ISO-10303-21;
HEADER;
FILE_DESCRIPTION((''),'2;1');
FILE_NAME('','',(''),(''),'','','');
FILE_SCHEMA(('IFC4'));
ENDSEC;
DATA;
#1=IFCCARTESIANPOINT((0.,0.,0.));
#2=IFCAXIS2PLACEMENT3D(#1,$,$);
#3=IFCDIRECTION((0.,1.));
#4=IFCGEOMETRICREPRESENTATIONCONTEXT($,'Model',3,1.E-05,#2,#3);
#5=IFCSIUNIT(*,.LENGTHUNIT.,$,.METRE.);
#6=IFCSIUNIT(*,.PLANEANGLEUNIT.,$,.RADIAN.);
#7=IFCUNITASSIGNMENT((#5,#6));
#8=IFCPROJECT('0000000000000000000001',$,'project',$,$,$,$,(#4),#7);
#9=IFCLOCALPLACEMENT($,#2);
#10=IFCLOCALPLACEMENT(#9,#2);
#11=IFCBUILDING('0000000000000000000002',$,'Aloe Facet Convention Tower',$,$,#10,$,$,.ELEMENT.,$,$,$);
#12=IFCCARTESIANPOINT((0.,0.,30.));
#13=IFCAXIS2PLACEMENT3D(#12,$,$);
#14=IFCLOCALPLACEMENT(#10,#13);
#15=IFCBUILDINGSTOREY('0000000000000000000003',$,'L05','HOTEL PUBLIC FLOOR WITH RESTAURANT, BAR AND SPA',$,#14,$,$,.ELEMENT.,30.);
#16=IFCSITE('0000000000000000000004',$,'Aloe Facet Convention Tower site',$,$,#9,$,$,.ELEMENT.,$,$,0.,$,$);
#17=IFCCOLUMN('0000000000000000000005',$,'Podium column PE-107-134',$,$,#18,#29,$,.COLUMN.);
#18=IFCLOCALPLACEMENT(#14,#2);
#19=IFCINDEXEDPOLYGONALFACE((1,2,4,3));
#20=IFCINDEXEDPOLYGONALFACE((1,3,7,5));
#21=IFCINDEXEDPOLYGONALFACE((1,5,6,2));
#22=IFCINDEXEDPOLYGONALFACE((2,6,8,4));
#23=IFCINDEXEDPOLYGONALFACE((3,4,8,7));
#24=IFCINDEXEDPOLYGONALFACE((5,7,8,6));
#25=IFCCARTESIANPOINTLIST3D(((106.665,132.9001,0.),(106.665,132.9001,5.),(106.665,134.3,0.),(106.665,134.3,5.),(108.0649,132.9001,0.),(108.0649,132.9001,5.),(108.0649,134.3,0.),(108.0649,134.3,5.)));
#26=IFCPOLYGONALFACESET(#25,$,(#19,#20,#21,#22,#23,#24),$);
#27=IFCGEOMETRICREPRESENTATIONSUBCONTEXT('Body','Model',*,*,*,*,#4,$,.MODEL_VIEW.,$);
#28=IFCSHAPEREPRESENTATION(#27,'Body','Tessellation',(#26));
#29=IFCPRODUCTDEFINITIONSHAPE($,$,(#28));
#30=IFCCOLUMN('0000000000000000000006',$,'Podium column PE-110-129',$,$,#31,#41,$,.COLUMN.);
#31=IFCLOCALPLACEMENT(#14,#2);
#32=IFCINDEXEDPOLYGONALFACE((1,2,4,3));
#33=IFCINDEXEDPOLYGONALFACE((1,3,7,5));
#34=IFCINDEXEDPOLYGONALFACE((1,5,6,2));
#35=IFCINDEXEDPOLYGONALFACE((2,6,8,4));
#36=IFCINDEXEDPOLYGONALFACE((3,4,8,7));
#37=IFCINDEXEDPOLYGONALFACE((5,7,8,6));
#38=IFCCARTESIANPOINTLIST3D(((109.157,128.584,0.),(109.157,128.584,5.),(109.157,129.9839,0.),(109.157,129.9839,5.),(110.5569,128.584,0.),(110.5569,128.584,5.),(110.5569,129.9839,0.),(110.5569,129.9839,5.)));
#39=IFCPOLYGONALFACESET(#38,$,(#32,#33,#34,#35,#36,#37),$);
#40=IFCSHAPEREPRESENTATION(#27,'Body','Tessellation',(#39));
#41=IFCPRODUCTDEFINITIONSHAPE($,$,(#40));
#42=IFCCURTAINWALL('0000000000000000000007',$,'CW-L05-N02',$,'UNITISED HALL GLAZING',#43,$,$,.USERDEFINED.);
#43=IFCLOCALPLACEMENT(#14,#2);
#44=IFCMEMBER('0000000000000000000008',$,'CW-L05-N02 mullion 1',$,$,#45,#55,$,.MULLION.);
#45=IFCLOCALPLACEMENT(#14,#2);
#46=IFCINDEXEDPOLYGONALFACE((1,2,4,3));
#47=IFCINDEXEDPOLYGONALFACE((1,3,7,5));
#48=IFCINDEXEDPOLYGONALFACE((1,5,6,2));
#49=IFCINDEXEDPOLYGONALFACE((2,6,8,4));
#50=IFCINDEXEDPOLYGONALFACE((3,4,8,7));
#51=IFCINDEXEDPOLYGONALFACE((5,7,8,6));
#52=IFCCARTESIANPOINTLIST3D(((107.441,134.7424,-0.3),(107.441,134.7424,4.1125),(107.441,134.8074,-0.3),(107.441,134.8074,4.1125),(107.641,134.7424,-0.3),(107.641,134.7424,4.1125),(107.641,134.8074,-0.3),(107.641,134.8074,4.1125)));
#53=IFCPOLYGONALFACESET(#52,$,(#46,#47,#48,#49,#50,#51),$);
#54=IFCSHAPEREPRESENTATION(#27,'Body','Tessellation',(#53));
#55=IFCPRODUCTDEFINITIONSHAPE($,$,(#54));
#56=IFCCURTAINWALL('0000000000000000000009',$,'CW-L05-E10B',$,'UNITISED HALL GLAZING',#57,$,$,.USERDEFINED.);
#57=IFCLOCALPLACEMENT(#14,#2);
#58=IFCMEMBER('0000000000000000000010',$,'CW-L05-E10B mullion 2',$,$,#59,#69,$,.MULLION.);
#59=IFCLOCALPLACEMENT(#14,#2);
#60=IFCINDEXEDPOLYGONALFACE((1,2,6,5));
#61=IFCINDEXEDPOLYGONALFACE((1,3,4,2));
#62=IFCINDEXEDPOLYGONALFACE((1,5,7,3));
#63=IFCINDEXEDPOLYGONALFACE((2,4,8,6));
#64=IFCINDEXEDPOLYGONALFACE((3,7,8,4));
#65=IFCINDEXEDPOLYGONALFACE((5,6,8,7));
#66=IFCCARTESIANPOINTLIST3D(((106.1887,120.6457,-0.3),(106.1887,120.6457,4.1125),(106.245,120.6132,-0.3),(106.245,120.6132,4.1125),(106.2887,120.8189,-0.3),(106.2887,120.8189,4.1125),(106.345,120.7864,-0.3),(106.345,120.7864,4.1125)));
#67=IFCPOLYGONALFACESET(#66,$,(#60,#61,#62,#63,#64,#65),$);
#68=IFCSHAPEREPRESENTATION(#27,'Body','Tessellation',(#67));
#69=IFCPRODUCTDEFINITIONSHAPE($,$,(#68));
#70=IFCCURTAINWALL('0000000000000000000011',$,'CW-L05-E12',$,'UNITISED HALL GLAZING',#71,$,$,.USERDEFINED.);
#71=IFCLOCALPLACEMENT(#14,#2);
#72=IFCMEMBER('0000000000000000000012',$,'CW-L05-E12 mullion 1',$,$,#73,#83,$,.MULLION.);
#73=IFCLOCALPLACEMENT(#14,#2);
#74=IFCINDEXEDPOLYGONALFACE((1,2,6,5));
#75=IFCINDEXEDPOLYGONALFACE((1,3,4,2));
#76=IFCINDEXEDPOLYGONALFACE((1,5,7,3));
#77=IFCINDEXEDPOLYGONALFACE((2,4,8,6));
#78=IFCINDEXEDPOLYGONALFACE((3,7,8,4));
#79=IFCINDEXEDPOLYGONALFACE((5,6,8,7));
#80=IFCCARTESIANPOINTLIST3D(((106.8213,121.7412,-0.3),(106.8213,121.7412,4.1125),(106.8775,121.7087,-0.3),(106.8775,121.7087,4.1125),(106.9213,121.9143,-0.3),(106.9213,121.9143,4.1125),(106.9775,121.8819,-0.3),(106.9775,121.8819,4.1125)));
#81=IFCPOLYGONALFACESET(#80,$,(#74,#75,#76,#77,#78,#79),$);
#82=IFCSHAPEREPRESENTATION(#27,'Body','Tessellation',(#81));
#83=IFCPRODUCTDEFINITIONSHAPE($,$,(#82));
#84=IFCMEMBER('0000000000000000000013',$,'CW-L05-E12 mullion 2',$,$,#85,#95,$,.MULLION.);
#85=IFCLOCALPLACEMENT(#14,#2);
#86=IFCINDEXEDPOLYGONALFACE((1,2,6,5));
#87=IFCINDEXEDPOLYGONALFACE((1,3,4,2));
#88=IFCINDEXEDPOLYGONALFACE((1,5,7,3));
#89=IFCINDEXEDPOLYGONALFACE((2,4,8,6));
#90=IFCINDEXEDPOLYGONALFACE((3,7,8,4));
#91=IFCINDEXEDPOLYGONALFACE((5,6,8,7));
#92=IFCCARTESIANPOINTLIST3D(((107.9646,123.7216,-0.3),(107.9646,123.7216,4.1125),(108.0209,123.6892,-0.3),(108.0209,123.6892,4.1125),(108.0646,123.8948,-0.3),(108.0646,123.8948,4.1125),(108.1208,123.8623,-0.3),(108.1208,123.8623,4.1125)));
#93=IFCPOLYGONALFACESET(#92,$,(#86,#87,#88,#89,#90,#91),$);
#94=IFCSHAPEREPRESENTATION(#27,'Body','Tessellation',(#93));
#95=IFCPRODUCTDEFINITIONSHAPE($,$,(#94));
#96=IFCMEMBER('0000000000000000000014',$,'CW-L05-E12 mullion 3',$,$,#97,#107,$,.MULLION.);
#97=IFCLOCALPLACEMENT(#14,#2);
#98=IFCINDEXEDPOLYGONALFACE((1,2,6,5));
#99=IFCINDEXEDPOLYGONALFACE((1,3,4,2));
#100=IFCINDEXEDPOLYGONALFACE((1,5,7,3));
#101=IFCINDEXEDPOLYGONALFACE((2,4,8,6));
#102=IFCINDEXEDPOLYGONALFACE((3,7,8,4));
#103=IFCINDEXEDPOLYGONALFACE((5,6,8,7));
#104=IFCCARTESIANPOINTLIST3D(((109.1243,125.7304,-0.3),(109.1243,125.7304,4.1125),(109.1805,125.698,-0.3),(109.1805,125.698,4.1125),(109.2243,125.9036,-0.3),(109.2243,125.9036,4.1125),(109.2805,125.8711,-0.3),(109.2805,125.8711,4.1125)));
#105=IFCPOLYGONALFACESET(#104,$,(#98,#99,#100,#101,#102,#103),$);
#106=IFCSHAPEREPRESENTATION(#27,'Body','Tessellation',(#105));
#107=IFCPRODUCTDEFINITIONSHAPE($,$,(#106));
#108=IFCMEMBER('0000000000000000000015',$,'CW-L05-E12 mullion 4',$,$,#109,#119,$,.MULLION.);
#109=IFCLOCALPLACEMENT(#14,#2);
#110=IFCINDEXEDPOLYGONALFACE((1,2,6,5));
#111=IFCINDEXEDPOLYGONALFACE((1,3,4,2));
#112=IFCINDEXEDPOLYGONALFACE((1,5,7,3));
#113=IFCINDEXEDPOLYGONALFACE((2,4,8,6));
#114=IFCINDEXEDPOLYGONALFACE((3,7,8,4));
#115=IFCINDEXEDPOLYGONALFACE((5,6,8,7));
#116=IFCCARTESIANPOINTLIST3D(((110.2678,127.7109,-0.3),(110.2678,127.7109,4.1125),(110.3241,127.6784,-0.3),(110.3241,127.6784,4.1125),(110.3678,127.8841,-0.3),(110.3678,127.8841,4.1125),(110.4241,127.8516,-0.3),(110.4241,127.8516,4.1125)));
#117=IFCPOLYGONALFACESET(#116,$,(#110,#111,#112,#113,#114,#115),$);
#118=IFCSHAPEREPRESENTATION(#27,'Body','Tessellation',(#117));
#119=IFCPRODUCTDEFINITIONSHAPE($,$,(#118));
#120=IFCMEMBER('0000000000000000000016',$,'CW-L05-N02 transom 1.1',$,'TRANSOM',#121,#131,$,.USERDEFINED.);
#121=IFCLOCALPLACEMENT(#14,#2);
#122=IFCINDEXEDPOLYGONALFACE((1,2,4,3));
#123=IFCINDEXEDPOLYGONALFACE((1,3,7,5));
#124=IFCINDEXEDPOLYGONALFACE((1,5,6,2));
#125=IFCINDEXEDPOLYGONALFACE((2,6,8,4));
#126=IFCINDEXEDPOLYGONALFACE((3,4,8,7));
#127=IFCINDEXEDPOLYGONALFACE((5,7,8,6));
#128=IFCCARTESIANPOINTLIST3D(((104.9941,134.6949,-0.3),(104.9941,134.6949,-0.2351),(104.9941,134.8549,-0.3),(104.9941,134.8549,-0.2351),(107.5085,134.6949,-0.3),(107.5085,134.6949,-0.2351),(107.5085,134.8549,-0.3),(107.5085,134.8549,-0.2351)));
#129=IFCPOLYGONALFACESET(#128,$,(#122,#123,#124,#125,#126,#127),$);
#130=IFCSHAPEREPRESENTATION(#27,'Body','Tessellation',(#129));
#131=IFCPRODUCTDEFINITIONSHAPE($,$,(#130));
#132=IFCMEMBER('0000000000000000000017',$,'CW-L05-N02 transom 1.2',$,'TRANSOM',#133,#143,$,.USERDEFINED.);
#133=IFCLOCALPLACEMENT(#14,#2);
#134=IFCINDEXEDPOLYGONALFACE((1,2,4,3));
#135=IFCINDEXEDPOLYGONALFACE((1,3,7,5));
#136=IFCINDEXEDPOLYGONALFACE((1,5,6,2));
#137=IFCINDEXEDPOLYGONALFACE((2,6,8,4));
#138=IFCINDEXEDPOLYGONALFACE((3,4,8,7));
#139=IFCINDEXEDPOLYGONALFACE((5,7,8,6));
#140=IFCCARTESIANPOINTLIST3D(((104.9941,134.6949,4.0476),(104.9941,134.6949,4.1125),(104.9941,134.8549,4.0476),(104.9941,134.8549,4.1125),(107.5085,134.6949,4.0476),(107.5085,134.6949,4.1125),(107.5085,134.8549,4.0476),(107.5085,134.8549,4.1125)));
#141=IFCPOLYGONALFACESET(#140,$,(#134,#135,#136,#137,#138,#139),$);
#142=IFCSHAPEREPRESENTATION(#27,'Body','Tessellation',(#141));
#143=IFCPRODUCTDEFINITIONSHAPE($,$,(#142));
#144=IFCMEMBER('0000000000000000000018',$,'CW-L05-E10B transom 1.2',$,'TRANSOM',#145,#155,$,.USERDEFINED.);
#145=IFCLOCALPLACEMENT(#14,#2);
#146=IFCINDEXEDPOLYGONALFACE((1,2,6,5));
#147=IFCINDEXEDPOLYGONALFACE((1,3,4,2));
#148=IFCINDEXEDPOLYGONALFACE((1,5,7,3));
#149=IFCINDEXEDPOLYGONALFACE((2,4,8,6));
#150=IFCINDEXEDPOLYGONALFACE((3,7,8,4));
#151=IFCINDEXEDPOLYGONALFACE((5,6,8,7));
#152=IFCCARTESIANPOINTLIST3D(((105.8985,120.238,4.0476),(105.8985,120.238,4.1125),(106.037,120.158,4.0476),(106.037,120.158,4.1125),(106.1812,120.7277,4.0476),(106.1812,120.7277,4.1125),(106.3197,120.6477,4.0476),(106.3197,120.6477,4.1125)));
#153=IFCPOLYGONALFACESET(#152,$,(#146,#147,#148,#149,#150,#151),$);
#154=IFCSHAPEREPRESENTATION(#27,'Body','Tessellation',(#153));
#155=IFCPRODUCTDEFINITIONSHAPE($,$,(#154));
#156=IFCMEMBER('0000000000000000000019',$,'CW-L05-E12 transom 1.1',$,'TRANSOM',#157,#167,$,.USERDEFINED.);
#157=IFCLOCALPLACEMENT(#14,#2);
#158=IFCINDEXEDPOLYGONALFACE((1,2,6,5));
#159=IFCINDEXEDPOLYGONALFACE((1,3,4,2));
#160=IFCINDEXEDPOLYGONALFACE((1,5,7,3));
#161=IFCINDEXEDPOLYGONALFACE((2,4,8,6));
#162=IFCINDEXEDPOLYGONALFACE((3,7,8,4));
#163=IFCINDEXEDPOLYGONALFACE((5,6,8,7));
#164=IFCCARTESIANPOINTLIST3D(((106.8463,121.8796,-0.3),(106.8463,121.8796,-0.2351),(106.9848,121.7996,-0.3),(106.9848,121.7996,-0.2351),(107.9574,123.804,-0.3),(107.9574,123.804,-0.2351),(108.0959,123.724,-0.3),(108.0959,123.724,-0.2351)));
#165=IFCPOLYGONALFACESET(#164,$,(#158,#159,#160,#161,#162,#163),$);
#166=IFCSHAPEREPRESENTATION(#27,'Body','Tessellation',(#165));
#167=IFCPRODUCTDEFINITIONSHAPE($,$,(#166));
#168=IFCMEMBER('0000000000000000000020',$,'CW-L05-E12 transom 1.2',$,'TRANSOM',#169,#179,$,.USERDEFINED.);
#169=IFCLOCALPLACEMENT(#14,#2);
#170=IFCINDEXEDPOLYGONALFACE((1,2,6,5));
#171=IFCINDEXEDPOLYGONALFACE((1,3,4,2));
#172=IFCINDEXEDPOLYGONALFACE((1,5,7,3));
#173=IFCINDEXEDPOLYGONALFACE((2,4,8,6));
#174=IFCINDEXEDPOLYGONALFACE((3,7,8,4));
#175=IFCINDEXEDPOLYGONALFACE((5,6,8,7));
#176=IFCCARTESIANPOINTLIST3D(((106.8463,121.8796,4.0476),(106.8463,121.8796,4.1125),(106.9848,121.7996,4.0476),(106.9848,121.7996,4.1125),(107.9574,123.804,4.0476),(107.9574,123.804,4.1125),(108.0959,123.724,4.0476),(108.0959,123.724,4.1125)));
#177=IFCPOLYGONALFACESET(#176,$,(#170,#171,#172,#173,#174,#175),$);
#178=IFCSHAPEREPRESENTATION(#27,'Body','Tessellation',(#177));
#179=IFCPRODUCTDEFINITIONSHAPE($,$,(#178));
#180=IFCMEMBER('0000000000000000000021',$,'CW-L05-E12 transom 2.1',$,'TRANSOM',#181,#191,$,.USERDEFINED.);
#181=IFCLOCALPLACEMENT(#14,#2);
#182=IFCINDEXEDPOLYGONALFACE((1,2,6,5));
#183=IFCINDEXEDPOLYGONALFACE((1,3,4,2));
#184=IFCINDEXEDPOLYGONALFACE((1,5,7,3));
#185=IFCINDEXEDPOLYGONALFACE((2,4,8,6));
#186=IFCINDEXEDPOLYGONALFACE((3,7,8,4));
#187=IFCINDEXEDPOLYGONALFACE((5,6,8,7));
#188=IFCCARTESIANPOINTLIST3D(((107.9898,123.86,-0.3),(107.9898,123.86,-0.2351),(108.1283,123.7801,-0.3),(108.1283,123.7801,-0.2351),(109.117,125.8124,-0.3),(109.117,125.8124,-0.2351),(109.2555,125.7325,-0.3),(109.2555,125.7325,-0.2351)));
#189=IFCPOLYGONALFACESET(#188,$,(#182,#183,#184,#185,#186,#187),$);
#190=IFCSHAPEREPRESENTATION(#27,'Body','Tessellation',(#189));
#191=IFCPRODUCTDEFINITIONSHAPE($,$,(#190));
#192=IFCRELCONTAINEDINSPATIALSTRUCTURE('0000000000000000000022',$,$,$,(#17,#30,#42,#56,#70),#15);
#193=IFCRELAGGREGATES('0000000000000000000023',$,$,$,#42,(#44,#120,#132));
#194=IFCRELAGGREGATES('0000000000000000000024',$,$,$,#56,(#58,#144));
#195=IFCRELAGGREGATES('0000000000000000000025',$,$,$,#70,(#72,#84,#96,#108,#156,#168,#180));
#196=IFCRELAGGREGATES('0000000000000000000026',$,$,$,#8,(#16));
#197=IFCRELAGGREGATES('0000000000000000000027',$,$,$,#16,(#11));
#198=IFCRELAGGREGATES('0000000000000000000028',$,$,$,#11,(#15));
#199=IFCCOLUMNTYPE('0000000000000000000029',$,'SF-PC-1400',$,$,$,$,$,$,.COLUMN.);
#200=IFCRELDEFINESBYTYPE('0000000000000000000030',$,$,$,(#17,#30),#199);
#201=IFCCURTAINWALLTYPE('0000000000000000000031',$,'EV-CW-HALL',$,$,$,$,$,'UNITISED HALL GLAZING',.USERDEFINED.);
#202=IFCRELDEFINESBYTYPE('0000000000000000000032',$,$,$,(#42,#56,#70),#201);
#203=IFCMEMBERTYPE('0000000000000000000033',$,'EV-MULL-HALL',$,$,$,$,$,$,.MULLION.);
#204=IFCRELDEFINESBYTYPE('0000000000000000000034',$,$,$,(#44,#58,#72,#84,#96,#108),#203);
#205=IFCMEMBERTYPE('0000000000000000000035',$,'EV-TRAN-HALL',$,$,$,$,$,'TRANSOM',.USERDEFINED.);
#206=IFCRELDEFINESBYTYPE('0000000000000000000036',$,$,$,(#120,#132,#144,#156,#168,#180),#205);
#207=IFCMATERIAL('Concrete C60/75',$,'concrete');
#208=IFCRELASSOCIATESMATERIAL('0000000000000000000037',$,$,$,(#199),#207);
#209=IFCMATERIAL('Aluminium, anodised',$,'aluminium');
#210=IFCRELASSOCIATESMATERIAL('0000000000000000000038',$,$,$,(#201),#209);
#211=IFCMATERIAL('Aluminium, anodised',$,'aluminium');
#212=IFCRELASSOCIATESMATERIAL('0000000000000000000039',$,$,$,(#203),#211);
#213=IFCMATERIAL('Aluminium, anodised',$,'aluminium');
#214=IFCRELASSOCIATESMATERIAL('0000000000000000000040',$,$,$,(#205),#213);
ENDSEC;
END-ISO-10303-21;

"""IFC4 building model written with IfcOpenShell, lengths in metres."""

from ifc_helpers import new_model, si_unit, direction, frame, origin, origin_2d, place, context, subcontext, project, spatial, rectangle, extrude, material, material_profile, profile_set, type_object, element, aggregate, save


model = new_model("IFC4")

# Units and contexts
model_context = context("Model", 3, precision=1e-05, world=origin(), true_north=direction((0.0, 1.0)))
body_context = subcontext(model_context, "Body", "Model", "MODEL_VIEW")
ifc_project = project(units=[si_unit("LENGTHUNIT", "METRE"), si_unit("PLANEANGLEUNIT", "RADIAN")], contexts=[model_context])

# Site, building, storey
site_placement = place(None, origin())
site = spatial("IfcSite", under=ifc_project, at=site_placement, Name="Aloe Facet Convention Tower site", CompositionType="ELEMENT", RefElevation=0.0)
building_placement = place(site_placement, origin())
building = spatial("IfcBuilding", under=site, at=building_placement, Name="Aloe Facet Convention Tower", CompositionType="ELEMENT")
storey_placement = place(building_placement, frame((0.0, 0.0, 30.0)))
storey = spatial("IfcBuildingStorey", under=building, at=storey_placement, Name="L05", Description="HOTEL PUBLIC FLOOR WITH RESTAURANT, BAR AND SPA", CompositionType="ELEMENT", Elevation=30.0)

# Columns
ifc_material_1 = material(Name="Concrete C60/75", Category="concrete")
ifc_material_profile_1 = material_profile(ifc_material_1, rectangle(XDim=1.3999, YDim=1.3999, at=origin_2d()), Name="SF-PC-1400")
ifc_profile_set_1 = profile_set([ifc_material_profile_1], Name="Concrete C60/75")
column_type = type_object("IfcColumnType", Name="SF-PC-1400", PredefinedType="COLUMN", material=ifc_profile_set_1)
for number, where, z_axis, x_axis, name in (
    (1, (107.365, 133.6001, 0.0), (0.0, 0.0, 1.0), (1.0, 0.0, 0.0), "Podium column PE-107-134"),
    (2, (109.8569, 129.2839, 0.0), (0.0, 0.0, 1.0), (1.0, 0.0, 0.0), "Podium column PE-110-129"),
):
    element("IfcColumn", number, at=place(storey_placement, frame(where, z_axis=z_axis, x_axis=x_axis)), inside=storey, type_object=column_type, Name=name, PredefinedType="COLUMN", context=body_context, shape_type="SweptSolid", body=[
        extrude(rectangle(XDim=1.3999, YDim=1.3999, at=origin_2d()), origin(), (0.0, 0.0, 1.0), 5.0),
    ])

# Curtain walls, members
ifc_material_2 = material(Name="Aluminium, anodised", Category="aluminium")
curtain_wall_type = type_object("IfcCurtainWallType", Name="EV-CW-HALL", ElementType="UNITISED HALL GLAZING", PredefinedType="USERDEFINED", material=ifc_material_2)
curtain_wall_1_placement = place(storey_placement, origin())
curtain_wall_1 = element("IfcCurtainWall", 3, at=curtain_wall_1_placement, inside=storey, type_object=curtain_wall_type, Name="CW-L05-N02", ObjectType="UNITISED HALL GLAZING", PredefinedType="USERDEFINED")
ifc_material_3 = material(Name="Aluminium, anodised", Category="aluminium")
ifc_material_profile_2 = material_profile(ifc_material_3, rectangle(XDim=0.0649, YDim=0.2, at=origin_2d()), Name="AL 65x200")
ifc_profile_set_2 = profile_set([ifc_material_profile_2], Name="Aluminium, anodised")
member_type_1 = type_object("IfcMemberType", Name="EV-MULL-HALL", PredefinedType="MULLION", material=ifc_profile_set_2)
member_1_placement = place(storey_placement, frame((107.541, 134.7749, -0.3), z_axis=(0.0, 0.0, 1.0), x_axis=(0.0, -1.0, 0.0)))
member_1 = element("IfcMember", 4, at=member_1_placement, type_object=member_type_1, Name="CW-L05-N02 mullion 1", PredefinedType="MULLION", context=body_context, shape_type="SweptSolid", body=[
    extrude(rectangle(XDim=0.0649, YDim=0.2, at=origin_2d()), origin(), (0.0, 0.0, 1.0), 4.4126),
])
curtain_wall_2_placement = place(storey_placement, origin())
curtain_wall_2 = element("IfcCurtainWall", 5, at=curtain_wall_2_placement, inside=storey, type_object=curtain_wall_type, Name="CW-L05-E10B", ObjectType="UNITISED HALL GLAZING", PredefinedType="USERDEFINED")
member_2_placement = place(storey_placement, frame((106.2668, 120.7161, -0.3), z_axis=(0.0, 0.0, 1.0), x_axis=(-0.866025, 0.5, 0.0)))
member_2 = element("IfcMember", 6, at=member_2_placement, type_object=member_type_1, Name="CW-L05-E10B mullion 2", PredefinedType="MULLION", context=body_context, shape_type="SweptSolid", body=[
    extrude(rectangle(XDim=0.0649, YDim=0.2, at=origin_2d()), origin(), (0.0, 0.0, 1.0), 4.4126),
])

# Curtain wall, members
curtain_wall_3_placement = place(storey_placement, origin())
curtain_wall_3 = element("IfcCurtainWall", 7, at=curtain_wall_3_placement, inside=storey, type_object=curtain_wall_type, Name="CW-L05-E12", ObjectType="UNITISED HALL GLAZING", PredefinedType="USERDEFINED")
member_3_placement = place(storey_placement, frame((106.8994, 121.8115, -0.3), z_axis=(0.0, 0.0, 1.0), x_axis=(-0.866025, 0.5, 0.0)))
member_3 = element("IfcMember", 8, at=member_3_placement, type_object=member_type_1, Name="CW-L05-E12 mullion 1", PredefinedType="MULLION", context=body_context, shape_type="SweptSolid", body=[
    extrude(rectangle(XDim=0.0649, YDim=0.2, at=origin_2d()), origin(), (0.0, 0.0, 1.0), 4.4126),
])
member_4_placement = place(storey_placement, frame((108.0427, 123.792, -0.3), z_axis=(0.0, 0.0, 1.0), x_axis=(-0.866025, 0.5, 0.0)))
member_4 = element("IfcMember", 9, at=member_4_placement, type_object=member_type_1, Name="CW-L05-E12 mullion 2", PredefinedType="MULLION", context=body_context, shape_type="SweptSolid", body=[
    extrude(rectangle(XDim=0.0649, YDim=0.2, at=origin_2d()), origin(), (0.0, 0.0, 1.0), 4.4126),
])
member_5_placement = place(storey_placement, frame((109.2024, 125.8008, -0.3), z_axis=(0.0, 0.0, 1.0), x_axis=(-0.866025, 0.5, 0.0)))
member_5 = element("IfcMember", 10, at=member_5_placement, type_object=member_type_1, Name="CW-L05-E12 mullion 3", PredefinedType="MULLION", context=body_context, shape_type="SweptSolid", body=[
    extrude(rectangle(XDim=0.0649, YDim=0.2, at=origin_2d()), origin(), (0.0, 0.0, 1.0), 4.4126),
])
member_6_placement = place(storey_placement, frame((110.3459, 127.7812, -0.3), z_axis=(0.0, 0.0, 1.0), x_axis=(-0.866025, 0.5, 0.0)))
member_6 = element("IfcMember", 11, at=member_6_placement, type_object=member_type_1, Name="CW-L05-E12 mullion 4", PredefinedType="MULLION", context=body_context, shape_type="SweptSolid", body=[
    extrude(rectangle(XDim=0.0649, YDim=0.2, at=origin_2d()), origin(), (0.0, 0.0, 1.0), 4.4126),
])

# Members
ifc_material_4 = material(Name="Aluminium, anodised", Category="aluminium")
ifc_material_profile_3 = material_profile(ifc_material_4, rectangle(XDim=0.1599, YDim=0.0649, at=origin_2d()), Name="AL 160x65")
ifc_profile_set_3 = profile_set([ifc_material_profile_3], Name="Aluminium, anodised")
member_type_2 = type_object("IfcMemberType", Name="EV-TRAN-HALL", ElementType="TRANSOM", PredefinedType="USERDEFINED", material=ifc_profile_set_3)
member_7_placement = place(storey_placement, frame((107.5085, 134.7749, -0.2676), z_axis=(-1.0, 0.0, 0.0), x_axis=(0.0, -1.0, 0.0)))
member_7 = element("IfcMember", 12, at=member_7_placement, type_object=member_type_2, Name="CW-L05-N02 transom 1.1", ObjectType="TRANSOM", PredefinedType="USERDEFINED", context=body_context, shape_type="SweptSolid", body=[
    extrude(rectangle(XDim=0.1599, YDim=0.0649, at=origin_2d()), origin(), (0.0, 0.0, 1.0), 2.5144),
])
member_8_placement = place(storey_placement, frame((107.5085, 134.7749, 4.0801), z_axis=(-1.0, 0.0, 0.0), x_axis=(0.0, -1.0, 0.0)))
member_8 = element("IfcMember", 13, at=member_8_placement, type_object=member_type_2, Name="CW-L05-N02 transom 1.2", ObjectType="TRANSOM", PredefinedType="USERDEFINED", context=body_context, shape_type="SweptSolid", body=[
    extrude(rectangle(XDim=0.1599, YDim=0.0649, at=origin_2d()), origin(), (0.0, 0.0, 1.0), 2.5144),
])
member_9_placement = place(storey_placement, frame((105.9678, 120.198, 4.0801), z_axis=(0.499947, 0.866056, 0.0), x_axis=(-0.866056, 0.499947, 0.0)))
member_9 = element("IfcMember", 14, at=member_9_placement, type_object=member_type_2, Name="CW-L05-E10B transom 1.2", ObjectType="TRANSOM", PredefinedType="USERDEFINED", context=body_context, shape_type="SweptSolid", body=[
    extrude(rectangle(XDim=0.1599, YDim=0.0649, at=origin_2d()), origin(), (0.0, 0.0, 1.0), 0.5654),
])
member_10_placement = place(storey_placement, frame((106.9155, 121.8396, -0.2676), z_axis=(0.500027, 0.86601, 0.0), x_axis=(-0.86601, 0.500027, 0.0)))
member_10 = element("IfcMember", 15, at=member_10_placement, type_object=member_type_2, Name="CW-L05-E12 transom 1.1", ObjectType="TRANSOM", PredefinedType="USERDEFINED", context=body_context, shape_type="SweptSolid", body=[
    extrude(rectangle(XDim=0.1599, YDim=0.0649, at=origin_2d()), origin(), (0.0, 0.0, 1.0), 2.2222),
])
member_11_placement = place(storey_placement, frame((106.9155, 121.8396, 4.0801), z_axis=(0.500027, 0.86601, 0.0), x_axis=(-0.86601, 0.500027, 0.0)))
member_11 = element("IfcMember", 16, at=member_11_placement, type_object=member_type_2, Name="CW-L05-E12 transom 1.2", ObjectType="TRANSOM", PredefinedType="USERDEFINED", context=body_context, shape_type="SweptSolid", body=[
    extrude(rectangle(XDim=0.1599, YDim=0.0649, at=origin_2d()), origin(), (0.0, 0.0, 1.0), 2.2222),
])
member_12_placement = place(storey_placement, frame((108.0591, 123.8201, -0.2676), z_axis=(0.499994, 0.866029, 0.0), x_axis=(-0.866029, 0.499994, 0.0)))
member_12 = element("IfcMember", 17, at=member_12_placement, type_object=member_type_2, Name="CW-L05-E12 transom 2.1", ObjectType="TRANSOM", PredefinedType="USERDEFINED", context=body_context, shape_type="SweptSolid", body=[
    extrude(rectangle(XDim=0.1599, YDim=0.0649, at=origin_2d()), origin(), (0.0, 0.0, 1.0), 2.2544),
])

aggregate(curtain_wall_1, [member_1, member_7, member_8])
aggregate(curtain_wall_2, [member_2, member_9])
aggregate(curtain_wall_3, [member_3, member_4, member_5, member_6, member_10, member_11, member_12])

save(model, "model.ifc")
